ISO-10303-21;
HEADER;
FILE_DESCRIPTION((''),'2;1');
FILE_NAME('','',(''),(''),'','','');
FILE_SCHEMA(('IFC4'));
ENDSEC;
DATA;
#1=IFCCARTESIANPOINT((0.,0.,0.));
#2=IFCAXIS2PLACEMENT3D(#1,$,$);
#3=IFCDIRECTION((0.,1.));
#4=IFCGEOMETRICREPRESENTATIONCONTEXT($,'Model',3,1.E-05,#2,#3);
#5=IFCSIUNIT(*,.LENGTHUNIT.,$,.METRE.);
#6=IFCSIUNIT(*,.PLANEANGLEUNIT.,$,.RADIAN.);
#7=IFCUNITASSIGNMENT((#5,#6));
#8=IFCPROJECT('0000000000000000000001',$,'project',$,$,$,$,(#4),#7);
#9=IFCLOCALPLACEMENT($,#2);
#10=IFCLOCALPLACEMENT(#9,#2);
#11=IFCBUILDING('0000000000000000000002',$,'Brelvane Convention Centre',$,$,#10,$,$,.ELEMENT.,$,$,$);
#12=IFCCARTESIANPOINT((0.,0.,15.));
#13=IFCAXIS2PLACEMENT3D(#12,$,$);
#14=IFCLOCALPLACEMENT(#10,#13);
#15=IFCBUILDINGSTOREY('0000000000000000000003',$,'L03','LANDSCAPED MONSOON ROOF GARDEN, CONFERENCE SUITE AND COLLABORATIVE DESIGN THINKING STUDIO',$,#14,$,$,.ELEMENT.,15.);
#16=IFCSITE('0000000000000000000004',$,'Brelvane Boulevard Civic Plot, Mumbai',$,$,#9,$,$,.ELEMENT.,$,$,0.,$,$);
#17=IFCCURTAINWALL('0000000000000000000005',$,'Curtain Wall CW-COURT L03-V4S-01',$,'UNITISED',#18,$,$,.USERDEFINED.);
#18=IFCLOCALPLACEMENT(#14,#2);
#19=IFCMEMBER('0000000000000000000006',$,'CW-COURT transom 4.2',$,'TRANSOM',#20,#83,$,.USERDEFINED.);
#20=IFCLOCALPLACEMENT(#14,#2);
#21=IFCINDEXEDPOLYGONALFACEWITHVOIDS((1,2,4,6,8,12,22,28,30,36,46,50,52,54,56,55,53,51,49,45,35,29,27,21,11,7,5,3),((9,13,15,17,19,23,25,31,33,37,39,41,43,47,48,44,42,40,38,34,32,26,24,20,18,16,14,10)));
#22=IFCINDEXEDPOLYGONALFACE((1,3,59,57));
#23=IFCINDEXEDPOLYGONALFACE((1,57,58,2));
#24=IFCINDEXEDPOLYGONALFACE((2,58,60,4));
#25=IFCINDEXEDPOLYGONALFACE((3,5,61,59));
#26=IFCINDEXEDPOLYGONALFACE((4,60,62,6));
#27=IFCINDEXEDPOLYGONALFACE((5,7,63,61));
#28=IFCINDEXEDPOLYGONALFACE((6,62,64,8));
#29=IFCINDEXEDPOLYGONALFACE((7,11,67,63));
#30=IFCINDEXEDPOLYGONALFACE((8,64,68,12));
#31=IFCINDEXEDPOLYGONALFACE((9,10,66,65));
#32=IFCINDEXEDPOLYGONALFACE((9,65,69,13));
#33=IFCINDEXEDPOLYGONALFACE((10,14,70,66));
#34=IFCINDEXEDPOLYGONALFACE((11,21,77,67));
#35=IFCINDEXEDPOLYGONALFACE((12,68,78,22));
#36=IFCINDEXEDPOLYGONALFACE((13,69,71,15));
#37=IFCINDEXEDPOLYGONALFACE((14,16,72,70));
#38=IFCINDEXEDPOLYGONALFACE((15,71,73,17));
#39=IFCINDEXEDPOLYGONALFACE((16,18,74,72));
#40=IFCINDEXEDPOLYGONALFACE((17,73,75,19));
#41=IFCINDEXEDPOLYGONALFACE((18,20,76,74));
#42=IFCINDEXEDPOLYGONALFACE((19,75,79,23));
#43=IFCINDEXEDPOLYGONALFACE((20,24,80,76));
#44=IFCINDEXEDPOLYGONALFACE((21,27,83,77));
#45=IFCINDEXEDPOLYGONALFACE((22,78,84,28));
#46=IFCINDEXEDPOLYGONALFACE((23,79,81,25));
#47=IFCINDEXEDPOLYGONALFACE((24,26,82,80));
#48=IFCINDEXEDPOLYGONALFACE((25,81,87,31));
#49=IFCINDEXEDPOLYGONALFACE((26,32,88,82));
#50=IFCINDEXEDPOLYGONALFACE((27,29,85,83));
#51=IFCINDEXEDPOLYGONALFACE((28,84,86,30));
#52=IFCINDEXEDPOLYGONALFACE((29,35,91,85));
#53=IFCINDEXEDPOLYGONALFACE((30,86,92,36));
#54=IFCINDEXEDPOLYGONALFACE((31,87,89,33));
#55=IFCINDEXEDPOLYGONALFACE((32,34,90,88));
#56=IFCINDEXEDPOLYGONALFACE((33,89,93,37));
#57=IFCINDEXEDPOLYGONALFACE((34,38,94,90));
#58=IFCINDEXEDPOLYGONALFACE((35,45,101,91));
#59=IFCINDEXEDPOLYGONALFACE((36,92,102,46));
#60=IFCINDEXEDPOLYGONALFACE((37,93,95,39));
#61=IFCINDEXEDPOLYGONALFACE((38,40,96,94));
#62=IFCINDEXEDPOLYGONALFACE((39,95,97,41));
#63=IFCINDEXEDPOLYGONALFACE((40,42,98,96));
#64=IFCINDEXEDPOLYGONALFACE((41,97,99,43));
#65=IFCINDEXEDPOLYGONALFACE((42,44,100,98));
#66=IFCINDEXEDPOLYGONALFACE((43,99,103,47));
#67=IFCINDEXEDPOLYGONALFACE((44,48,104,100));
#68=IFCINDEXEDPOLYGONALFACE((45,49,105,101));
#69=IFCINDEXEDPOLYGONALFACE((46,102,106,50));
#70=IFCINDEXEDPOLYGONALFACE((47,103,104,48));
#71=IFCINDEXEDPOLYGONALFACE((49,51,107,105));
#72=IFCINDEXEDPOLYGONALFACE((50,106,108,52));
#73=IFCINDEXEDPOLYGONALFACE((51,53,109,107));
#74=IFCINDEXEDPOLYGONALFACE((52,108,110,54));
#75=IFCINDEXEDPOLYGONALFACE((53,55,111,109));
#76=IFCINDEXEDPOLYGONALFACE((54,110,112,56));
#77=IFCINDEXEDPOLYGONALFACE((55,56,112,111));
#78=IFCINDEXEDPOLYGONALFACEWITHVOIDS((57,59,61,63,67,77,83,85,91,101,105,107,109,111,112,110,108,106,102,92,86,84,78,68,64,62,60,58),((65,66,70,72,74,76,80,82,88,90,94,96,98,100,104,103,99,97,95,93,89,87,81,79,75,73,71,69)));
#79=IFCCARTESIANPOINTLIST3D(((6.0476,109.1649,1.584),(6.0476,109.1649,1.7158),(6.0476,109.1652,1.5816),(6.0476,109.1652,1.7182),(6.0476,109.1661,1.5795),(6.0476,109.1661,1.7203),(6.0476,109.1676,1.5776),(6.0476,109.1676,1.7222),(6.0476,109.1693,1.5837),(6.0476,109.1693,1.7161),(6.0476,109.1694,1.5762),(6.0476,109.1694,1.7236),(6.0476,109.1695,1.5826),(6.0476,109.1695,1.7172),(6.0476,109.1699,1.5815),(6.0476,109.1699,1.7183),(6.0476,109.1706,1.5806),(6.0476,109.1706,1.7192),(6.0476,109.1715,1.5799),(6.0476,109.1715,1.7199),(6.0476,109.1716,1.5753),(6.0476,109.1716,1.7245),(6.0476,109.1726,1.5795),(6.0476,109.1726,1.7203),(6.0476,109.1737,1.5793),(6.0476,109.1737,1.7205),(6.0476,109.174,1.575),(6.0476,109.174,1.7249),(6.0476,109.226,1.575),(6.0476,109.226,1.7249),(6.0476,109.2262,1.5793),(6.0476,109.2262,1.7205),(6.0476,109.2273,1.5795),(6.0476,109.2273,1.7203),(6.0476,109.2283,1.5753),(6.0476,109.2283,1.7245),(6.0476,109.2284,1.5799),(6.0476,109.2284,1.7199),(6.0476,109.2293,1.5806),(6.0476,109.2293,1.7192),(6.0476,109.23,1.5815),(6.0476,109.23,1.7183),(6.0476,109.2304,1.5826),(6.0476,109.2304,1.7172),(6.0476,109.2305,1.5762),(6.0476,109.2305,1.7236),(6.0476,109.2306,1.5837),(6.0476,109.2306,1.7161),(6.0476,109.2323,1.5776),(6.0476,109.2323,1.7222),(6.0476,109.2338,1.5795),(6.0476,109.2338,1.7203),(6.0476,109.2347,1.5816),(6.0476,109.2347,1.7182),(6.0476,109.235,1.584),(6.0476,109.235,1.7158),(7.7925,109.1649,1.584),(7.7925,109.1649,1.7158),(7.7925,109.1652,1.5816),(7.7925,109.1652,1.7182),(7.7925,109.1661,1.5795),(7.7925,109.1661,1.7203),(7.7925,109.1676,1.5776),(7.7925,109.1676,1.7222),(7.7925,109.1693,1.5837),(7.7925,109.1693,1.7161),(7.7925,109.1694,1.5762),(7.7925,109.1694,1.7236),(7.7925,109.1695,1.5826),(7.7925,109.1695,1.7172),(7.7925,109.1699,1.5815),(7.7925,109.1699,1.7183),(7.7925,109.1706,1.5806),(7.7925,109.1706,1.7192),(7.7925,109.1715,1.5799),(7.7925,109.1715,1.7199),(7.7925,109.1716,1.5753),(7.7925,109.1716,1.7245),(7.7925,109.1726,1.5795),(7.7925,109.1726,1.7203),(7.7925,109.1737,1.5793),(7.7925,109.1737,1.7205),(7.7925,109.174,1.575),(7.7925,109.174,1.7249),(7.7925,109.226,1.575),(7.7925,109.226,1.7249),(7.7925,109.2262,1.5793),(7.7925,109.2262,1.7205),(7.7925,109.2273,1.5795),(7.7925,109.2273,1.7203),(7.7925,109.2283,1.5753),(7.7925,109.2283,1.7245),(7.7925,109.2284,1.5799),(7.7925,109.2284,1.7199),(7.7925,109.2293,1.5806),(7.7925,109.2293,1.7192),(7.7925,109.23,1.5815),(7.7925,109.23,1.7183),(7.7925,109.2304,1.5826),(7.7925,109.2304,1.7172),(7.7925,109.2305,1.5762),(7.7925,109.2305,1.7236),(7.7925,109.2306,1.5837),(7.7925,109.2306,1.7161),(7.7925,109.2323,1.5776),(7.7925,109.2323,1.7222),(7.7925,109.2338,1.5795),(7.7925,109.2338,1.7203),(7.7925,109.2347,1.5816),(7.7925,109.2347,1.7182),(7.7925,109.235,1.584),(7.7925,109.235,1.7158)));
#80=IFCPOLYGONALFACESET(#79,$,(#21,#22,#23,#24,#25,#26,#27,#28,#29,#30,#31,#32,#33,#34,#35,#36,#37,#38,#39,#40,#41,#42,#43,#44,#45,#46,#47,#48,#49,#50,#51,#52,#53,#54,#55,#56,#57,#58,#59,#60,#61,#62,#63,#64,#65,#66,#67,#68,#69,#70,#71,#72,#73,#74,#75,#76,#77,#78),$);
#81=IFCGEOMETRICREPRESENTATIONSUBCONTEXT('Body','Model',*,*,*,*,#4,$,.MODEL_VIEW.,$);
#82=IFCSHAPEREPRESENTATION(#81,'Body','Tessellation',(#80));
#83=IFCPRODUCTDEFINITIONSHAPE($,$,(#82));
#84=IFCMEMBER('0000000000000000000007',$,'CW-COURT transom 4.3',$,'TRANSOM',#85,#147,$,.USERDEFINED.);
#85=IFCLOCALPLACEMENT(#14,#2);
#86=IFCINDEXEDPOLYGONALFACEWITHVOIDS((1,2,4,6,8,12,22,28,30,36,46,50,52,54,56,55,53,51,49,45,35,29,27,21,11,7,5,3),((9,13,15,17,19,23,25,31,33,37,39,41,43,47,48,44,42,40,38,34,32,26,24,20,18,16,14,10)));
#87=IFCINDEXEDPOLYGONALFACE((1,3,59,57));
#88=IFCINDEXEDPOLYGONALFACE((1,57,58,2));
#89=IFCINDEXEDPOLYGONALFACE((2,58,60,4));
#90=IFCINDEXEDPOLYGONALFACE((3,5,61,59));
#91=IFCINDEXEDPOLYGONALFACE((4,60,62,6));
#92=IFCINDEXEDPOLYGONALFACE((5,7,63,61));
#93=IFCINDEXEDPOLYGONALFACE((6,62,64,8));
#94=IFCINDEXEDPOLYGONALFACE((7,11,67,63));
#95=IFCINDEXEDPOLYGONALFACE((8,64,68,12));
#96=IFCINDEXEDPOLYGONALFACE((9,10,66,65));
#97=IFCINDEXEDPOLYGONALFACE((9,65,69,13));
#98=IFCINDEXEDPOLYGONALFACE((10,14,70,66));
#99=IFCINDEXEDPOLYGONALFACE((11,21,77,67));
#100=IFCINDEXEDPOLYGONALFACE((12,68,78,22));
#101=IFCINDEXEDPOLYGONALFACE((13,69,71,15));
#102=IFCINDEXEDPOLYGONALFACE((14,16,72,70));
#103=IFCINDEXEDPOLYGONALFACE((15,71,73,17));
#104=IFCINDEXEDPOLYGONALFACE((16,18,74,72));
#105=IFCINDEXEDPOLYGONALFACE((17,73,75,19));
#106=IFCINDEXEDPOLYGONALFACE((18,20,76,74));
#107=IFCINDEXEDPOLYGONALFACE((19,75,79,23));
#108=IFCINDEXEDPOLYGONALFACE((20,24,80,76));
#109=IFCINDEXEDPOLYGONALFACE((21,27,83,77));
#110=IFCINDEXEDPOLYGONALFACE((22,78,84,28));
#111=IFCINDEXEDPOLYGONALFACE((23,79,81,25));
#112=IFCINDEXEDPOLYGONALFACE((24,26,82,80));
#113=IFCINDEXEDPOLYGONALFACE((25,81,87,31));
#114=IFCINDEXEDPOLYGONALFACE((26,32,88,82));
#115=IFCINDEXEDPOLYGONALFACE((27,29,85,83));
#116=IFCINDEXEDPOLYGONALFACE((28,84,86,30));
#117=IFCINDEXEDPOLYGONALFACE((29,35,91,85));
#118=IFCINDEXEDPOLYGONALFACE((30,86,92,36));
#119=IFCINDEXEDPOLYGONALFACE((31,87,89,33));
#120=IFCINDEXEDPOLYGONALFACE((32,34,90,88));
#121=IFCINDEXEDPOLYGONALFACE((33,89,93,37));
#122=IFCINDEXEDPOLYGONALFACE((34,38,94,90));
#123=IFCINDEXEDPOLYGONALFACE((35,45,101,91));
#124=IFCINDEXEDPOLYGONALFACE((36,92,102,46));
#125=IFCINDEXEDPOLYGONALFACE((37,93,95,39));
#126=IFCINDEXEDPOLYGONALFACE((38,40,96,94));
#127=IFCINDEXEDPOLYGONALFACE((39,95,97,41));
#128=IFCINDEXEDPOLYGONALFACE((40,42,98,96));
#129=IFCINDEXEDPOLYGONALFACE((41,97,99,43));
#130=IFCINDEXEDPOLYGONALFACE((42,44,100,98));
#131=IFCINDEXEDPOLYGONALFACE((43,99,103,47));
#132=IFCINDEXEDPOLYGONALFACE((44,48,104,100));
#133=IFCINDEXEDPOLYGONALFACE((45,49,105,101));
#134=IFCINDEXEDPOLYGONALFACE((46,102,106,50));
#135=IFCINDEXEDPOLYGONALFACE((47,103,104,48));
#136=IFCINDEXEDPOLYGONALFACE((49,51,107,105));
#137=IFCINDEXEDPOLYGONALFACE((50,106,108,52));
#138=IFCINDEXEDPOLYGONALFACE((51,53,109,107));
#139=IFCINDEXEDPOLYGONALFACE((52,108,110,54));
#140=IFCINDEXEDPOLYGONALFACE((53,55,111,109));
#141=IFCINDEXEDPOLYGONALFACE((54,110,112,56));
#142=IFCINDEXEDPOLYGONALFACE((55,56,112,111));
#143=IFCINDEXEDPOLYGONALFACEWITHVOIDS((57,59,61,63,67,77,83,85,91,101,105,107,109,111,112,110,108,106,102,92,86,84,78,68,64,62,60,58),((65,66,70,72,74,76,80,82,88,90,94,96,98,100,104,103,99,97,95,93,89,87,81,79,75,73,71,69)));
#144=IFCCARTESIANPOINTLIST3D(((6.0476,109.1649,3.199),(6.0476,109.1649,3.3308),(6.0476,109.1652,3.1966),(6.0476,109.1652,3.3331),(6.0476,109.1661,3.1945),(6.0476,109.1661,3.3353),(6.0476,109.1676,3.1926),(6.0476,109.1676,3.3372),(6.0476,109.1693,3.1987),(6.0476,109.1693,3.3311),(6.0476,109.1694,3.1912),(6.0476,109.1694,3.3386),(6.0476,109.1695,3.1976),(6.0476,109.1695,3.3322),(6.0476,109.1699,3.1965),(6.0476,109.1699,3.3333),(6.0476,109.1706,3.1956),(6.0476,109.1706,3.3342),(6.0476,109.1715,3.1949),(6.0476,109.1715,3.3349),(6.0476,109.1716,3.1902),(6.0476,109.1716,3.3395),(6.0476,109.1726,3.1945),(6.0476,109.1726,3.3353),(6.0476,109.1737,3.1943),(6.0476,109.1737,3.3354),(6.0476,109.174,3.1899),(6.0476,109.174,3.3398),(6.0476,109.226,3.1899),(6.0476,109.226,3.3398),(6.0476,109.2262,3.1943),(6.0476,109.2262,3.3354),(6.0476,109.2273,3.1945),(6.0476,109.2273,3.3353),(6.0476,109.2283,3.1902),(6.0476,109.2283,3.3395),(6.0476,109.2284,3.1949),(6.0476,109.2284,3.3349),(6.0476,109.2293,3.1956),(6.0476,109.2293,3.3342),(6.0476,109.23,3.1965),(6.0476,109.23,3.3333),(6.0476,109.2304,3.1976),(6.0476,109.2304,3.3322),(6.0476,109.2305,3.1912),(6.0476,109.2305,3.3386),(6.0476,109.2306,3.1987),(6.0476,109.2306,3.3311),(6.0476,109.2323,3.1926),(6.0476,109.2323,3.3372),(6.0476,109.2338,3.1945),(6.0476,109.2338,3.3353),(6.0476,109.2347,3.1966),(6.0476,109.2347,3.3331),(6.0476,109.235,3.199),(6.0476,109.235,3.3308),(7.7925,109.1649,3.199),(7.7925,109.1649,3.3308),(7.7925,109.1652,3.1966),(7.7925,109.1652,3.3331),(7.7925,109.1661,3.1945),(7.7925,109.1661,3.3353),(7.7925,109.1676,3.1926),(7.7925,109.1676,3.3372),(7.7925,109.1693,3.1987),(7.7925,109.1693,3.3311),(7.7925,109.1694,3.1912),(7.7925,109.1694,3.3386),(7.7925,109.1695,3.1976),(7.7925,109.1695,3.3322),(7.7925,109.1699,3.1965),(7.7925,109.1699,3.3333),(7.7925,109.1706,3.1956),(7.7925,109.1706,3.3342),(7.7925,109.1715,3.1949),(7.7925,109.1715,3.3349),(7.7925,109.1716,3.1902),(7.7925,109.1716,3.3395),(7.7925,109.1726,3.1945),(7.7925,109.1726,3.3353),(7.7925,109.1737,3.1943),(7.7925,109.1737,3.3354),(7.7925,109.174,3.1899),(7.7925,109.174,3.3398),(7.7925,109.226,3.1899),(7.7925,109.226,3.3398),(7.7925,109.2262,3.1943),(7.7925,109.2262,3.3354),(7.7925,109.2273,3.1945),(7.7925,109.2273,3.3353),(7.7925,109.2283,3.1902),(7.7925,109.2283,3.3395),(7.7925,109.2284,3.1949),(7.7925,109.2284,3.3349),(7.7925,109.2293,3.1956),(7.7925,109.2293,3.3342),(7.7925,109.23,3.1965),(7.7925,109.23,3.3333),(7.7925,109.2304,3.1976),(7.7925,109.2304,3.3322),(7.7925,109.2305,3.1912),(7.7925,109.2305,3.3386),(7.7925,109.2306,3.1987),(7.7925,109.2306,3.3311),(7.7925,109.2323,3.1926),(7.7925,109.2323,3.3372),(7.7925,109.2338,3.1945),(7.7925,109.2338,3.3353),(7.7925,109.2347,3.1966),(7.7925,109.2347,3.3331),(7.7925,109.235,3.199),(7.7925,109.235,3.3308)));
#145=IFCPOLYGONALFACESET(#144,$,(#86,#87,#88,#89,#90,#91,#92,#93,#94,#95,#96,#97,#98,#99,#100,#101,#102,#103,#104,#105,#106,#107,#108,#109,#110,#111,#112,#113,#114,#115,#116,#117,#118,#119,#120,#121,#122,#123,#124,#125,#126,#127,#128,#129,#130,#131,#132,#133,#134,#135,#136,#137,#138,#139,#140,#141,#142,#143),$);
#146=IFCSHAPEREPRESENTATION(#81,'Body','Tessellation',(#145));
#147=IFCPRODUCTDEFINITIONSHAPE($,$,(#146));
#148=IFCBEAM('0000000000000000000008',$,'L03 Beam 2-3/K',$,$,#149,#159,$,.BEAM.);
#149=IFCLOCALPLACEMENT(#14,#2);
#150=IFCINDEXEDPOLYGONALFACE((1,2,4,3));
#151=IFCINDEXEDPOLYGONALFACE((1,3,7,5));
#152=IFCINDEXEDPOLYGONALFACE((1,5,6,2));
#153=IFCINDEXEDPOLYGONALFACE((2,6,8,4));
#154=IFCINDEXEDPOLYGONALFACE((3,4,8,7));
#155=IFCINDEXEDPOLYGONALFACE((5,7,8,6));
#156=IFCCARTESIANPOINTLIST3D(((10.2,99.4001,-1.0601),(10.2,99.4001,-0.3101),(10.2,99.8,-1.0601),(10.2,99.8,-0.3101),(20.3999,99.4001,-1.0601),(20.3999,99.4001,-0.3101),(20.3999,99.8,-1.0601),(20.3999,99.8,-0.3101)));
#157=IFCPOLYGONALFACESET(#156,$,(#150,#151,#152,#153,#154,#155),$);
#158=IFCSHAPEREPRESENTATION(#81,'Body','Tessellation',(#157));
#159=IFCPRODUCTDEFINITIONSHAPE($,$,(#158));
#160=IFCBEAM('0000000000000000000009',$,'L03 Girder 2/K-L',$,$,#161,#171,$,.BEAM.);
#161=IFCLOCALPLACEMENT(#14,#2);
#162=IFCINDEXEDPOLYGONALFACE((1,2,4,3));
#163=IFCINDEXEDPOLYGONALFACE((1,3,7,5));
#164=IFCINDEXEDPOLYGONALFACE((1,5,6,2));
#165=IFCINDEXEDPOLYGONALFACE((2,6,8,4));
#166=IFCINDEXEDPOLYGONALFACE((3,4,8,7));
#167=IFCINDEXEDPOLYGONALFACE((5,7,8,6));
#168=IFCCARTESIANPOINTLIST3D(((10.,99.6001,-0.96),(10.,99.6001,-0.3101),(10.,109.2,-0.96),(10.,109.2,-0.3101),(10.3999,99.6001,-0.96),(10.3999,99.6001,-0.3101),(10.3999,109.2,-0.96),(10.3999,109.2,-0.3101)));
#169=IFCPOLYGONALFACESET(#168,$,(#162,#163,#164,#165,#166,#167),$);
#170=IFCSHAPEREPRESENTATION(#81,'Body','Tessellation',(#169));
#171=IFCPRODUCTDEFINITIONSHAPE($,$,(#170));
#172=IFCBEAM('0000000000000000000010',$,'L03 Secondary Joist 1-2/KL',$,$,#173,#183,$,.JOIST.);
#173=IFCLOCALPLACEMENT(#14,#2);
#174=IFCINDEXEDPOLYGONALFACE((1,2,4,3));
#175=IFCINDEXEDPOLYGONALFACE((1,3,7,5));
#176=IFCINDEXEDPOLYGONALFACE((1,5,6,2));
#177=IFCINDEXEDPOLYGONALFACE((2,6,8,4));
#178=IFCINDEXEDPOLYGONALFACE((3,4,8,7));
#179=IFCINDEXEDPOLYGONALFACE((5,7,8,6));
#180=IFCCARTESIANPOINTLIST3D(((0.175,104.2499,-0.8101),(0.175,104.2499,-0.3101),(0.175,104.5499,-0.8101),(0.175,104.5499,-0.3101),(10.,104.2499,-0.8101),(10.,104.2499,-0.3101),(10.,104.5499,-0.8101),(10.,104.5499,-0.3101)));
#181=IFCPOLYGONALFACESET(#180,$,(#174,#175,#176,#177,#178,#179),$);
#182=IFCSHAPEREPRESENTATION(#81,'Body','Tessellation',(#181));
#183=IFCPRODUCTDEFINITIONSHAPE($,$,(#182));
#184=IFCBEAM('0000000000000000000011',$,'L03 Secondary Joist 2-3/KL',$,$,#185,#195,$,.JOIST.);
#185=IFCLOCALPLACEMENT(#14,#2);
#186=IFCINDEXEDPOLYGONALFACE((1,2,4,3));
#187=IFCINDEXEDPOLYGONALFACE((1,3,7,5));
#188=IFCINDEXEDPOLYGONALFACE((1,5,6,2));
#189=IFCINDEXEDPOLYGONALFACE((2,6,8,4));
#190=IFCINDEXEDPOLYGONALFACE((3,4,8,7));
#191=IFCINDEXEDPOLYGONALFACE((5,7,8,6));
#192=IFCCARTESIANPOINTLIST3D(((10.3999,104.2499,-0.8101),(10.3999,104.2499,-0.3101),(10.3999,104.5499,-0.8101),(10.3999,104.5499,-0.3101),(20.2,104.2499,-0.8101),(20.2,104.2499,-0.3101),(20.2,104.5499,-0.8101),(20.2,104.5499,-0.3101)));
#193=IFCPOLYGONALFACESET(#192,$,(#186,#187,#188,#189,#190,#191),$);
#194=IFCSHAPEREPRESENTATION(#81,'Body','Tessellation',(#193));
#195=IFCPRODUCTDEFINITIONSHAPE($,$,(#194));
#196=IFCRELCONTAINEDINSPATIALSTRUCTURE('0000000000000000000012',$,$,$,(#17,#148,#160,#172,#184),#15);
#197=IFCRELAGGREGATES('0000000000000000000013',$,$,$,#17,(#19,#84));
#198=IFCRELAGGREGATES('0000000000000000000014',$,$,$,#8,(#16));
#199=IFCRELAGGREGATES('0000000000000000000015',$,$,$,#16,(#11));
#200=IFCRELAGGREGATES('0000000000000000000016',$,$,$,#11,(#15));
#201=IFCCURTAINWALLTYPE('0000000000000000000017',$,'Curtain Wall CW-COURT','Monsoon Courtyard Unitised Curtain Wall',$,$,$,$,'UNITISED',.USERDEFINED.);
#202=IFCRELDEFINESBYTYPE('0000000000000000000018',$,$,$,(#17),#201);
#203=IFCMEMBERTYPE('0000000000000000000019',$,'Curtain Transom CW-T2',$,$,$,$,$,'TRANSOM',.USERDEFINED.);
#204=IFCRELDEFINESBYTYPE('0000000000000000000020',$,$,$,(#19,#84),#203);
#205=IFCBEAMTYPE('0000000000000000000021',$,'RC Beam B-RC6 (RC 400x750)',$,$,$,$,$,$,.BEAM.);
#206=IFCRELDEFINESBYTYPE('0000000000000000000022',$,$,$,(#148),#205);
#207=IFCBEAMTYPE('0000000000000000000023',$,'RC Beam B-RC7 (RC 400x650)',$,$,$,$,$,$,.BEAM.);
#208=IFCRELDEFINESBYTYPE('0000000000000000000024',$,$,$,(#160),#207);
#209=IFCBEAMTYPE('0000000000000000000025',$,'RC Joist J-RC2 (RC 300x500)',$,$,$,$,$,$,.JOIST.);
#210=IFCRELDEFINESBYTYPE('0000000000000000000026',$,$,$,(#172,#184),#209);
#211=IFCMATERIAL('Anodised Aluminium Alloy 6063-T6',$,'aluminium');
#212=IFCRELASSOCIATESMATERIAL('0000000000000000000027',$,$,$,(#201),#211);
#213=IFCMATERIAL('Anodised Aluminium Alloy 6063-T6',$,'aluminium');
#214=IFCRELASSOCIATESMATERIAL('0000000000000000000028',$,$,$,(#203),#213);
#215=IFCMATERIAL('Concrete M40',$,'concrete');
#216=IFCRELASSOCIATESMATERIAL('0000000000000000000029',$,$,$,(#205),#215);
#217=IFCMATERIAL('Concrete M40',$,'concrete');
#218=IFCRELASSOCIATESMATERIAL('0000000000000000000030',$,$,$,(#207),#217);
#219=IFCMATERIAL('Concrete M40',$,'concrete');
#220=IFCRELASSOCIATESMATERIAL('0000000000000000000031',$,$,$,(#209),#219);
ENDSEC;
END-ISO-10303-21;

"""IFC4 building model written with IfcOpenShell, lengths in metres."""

from ifc_helpers import new_model, si_unit, direction, frame, origin, origin_2d, place, context, subcontext, project, spatial, rectangle, hollow_rectangle, extrude, material, material_profile, profile_set, type_object, element, aggregate, save


model = new_model("IFC4")

# Units and contexts
model_context = context("Model", 3, precision=1e-05, world=origin(), true_north=direction((0.0, 1.0)))
body_context = subcontext(model_context, "Body", "Model", "MODEL_VIEW")
ifc_project = project(units=[si_unit("LENGTHUNIT", "METRE"), si_unit("PLANEANGLEUNIT", "RADIAN")], contexts=[model_context])

# Site, building, storey
site_placement = place(None, origin())
site = spatial("IfcSite", under=ifc_project, at=site_placement, Name="Brelvane Boulevard Civic Plot, Mumbai", CompositionType="ELEMENT", RefElevation=0.0)
building_placement = place(site_placement, origin())
building = spatial("IfcBuilding", under=site, at=building_placement, Name="Brelvane Convention Centre", CompositionType="ELEMENT")
storey_placement = place(building_placement, frame((0.0, 0.0, 15.0)))
storey = spatial("IfcBuildingStorey", under=building, at=storey_placement, Name="L03", Description="LANDSCAPED MONSOON ROOF GARDEN, CONFERENCE SUITE AND COLLABORATIVE DESIGN THINKING STUDIO", CompositionType="ELEMENT", Elevation=15.0)

# Curtain wall, members
ifc_material_1 = material(Name="Anodised Aluminium Alloy 6063-T6", Category="aluminium")
curtain_wall_type = type_object("IfcCurtainWallType", Name="Curtain Wall CW-COURT", Description="Monsoon Courtyard Unitised Curtain Wall", ElementType="UNITISED", PredefinedType="USERDEFINED", material=ifc_material_1)
curtain_wall_placement = place(storey_placement, origin())
curtain_wall = element("IfcCurtainWall", 1, at=curtain_wall_placement, inside=storey, type_object=curtain_wall_type, Name="Curtain Wall CW-COURT L03-V4S-01", ObjectType="UNITISED", PredefinedType="USERDEFINED")
ifc_material_2 = material(Name="Anodised Aluminium Alloy 6063-T6", Category="aluminium")
ifc_material_profile_1 = material_profile(ifc_material_2, hollow_rectangle(XDim=0.0701, YDim=0.1499, WallThickness=0.0044, InnerFilletRadius=0.0044, OuterFilletRadius=0.009, at=origin_2d()), Name="ALU-T 150x70x4.5")
ifc_profile_set_1 = profile_set([ifc_material_profile_1], Name="Anodised Aluminium Alloy 6063-T6")
member_type_1 = type_object("IfcMemberType", Name="Curtain Transom CW-T2", ElementType="TRANSOM", PredefinedType="USERDEFINED", material=ifc_profile_set_1)
member_1_placement = place(storey_placement, frame((6.0476, 109.2, 1.6499), z_axis=(1.0, 0.0, 0.0), x_axis=(0.0, 1.0, 0.0)))
member_1 = element("IfcMember", 2, at=member_1_placement, type_object=member_type_1, Name="CW-COURT transom 4.2", ObjectType="TRANSOM", PredefinedType="USERDEFINED", context=body_context, shape_type="SweptSolid", body=[
    extrude(hollow_rectangle(XDim=0.0701, YDim=0.1499, WallThickness=0.0044, InnerFilletRadius=0.0044, OuterFilletRadius=0.009, at=origin_2d()), origin(), (0.0, 0.0, 1.0), 1.7449),
])
member_2_placement = place(storey_placement, frame((6.0476, 109.2, 3.2649), z_axis=(1.0, 0.0, 0.0), x_axis=(0.0, 1.0, 0.0)))
member_2 = element("IfcMember", 3, at=member_2_placement, type_object=member_type_1, Name="CW-COURT transom 4.3", ObjectType="TRANSOM", PredefinedType="USERDEFINED", context=body_context, shape_type="SweptSolid", body=[
    extrude(hollow_rectangle(XDim=0.0701, YDim=0.1499, WallThickness=0.0044, InnerFilletRadius=0.0044, OuterFilletRadius=0.009, at=origin_2d()), origin(), (0.0, 0.0, 1.0), 1.7449),
])

# Beams
ifc_material_3 = material(Name="Concrete M40", Category="concrete")
ifc_material_profile_2 = material_profile(ifc_material_3, rectangle(XDim=0.3999, YDim=0.75, at=origin_2d()), Name="RC 400x750")
ifc_profile_set_2 = profile_set([ifc_material_profile_2], Name="Concrete M40")
beam_type_1 = type_object("IfcBeamType", Name="RC Beam B-RC6 (RC 400x750)", PredefinedType="BEAM", material=ifc_profile_set_2)
beam_1_placement = place(storey_placement, frame((10.2, 99.6001, -0.6851), z_axis=(1.0, 0.0, 0.0), x_axis=(0.0, 1.0, 0.0)))
element("IfcBeam", 4, at=beam_1_placement, inside=storey, type_object=beam_type_1, Name="L03 Beam 2-3/K", PredefinedType="BEAM", context=body_context, shape_type="SweptSolid", body=[
    extrude(rectangle(XDim=0.3999, YDim=0.75, at=origin_2d()), origin(), (0.0, 0.0, 1.0), 10.2),
])
ifc_material_4 = material(Name="Concrete M40", Category="concrete")
ifc_material_profile_3 = material_profile(ifc_material_4, rectangle(XDim=0.3999, YDim=0.6499, at=origin_2d()), Name="RC 400x650")
ifc_profile_set_3 = profile_set([ifc_material_profile_3], Name="Concrete M40")
beam_type_2 = type_object("IfcBeamType", Name="RC Beam B-RC7 (RC 400x650)", PredefinedType="BEAM", material=ifc_profile_set_3)
beam_2_placement = place(storey_placement, frame((10.2, 99.6001, -0.635), z_axis=(0.0, 1.0, 0.0), x_axis=(-1.0, 0.0, 0.0)))
element("IfcBeam", 5, at=beam_2_placement, inside=storey, type_object=beam_type_2, Name="L03 Girder 2/K-L", PredefinedType="BEAM", context=body_context, shape_type="SweptSolid", body=[
    extrude(rectangle(XDim=0.3999, YDim=0.6499, at=origin_2d()), origin(), (0.0, 0.0, 1.0), 9.5999),
])
ifc_material_5 = material(Name="Concrete M40", Category="concrete")
ifc_material_profile_4 = material_profile(ifc_material_5, rectangle(XDim=0.3, YDim=0.5, at=origin_2d()), Name="RC 300x500")
ifc_profile_set_4 = profile_set([ifc_material_profile_4], Name="Concrete M40")
beam_type_3 = type_object("IfcBeamType", Name="RC Joist J-RC2 (RC 300x500)", PredefinedType="JOIST", material=ifc_profile_set_4)
beam_3_placement = place(storey_placement, frame((0.175, 104.3999, -0.5601), z_axis=(1.0, 0.0, 0.0), x_axis=(0.0, 1.0, 0.0)))
element("IfcBeam", 6, at=beam_3_placement, inside=storey, type_object=beam_type_3, Name="L03 Secondary Joist 1-2/KL", PredefinedType="JOIST", context=body_context, shape_type="SweptSolid", body=[
    extrude(rectangle(XDim=0.3, YDim=0.5, at=origin_2d()), origin(), (0.0, 0.0, 1.0), 9.825),
])
beam_4_placement = place(storey_placement, frame((10.3999, 104.3999, -0.5601), z_axis=(1.0, 0.0, 0.0), x_axis=(0.0, 1.0, 0.0)))
element("IfcBeam", 7, at=beam_4_placement, inside=storey, type_object=beam_type_3, Name="L03 Secondary Joist 2-3/KL", PredefinedType="JOIST", context=body_context, shape_type="SweptSolid", body=[
    extrude(rectangle(XDim=0.3, YDim=0.5, at=origin_2d()), origin(), (0.0, 0.0, 1.0), 9.8),
])

aggregate(curtain_wall, [member_1, member_2])

save(model, "model.ifc")
